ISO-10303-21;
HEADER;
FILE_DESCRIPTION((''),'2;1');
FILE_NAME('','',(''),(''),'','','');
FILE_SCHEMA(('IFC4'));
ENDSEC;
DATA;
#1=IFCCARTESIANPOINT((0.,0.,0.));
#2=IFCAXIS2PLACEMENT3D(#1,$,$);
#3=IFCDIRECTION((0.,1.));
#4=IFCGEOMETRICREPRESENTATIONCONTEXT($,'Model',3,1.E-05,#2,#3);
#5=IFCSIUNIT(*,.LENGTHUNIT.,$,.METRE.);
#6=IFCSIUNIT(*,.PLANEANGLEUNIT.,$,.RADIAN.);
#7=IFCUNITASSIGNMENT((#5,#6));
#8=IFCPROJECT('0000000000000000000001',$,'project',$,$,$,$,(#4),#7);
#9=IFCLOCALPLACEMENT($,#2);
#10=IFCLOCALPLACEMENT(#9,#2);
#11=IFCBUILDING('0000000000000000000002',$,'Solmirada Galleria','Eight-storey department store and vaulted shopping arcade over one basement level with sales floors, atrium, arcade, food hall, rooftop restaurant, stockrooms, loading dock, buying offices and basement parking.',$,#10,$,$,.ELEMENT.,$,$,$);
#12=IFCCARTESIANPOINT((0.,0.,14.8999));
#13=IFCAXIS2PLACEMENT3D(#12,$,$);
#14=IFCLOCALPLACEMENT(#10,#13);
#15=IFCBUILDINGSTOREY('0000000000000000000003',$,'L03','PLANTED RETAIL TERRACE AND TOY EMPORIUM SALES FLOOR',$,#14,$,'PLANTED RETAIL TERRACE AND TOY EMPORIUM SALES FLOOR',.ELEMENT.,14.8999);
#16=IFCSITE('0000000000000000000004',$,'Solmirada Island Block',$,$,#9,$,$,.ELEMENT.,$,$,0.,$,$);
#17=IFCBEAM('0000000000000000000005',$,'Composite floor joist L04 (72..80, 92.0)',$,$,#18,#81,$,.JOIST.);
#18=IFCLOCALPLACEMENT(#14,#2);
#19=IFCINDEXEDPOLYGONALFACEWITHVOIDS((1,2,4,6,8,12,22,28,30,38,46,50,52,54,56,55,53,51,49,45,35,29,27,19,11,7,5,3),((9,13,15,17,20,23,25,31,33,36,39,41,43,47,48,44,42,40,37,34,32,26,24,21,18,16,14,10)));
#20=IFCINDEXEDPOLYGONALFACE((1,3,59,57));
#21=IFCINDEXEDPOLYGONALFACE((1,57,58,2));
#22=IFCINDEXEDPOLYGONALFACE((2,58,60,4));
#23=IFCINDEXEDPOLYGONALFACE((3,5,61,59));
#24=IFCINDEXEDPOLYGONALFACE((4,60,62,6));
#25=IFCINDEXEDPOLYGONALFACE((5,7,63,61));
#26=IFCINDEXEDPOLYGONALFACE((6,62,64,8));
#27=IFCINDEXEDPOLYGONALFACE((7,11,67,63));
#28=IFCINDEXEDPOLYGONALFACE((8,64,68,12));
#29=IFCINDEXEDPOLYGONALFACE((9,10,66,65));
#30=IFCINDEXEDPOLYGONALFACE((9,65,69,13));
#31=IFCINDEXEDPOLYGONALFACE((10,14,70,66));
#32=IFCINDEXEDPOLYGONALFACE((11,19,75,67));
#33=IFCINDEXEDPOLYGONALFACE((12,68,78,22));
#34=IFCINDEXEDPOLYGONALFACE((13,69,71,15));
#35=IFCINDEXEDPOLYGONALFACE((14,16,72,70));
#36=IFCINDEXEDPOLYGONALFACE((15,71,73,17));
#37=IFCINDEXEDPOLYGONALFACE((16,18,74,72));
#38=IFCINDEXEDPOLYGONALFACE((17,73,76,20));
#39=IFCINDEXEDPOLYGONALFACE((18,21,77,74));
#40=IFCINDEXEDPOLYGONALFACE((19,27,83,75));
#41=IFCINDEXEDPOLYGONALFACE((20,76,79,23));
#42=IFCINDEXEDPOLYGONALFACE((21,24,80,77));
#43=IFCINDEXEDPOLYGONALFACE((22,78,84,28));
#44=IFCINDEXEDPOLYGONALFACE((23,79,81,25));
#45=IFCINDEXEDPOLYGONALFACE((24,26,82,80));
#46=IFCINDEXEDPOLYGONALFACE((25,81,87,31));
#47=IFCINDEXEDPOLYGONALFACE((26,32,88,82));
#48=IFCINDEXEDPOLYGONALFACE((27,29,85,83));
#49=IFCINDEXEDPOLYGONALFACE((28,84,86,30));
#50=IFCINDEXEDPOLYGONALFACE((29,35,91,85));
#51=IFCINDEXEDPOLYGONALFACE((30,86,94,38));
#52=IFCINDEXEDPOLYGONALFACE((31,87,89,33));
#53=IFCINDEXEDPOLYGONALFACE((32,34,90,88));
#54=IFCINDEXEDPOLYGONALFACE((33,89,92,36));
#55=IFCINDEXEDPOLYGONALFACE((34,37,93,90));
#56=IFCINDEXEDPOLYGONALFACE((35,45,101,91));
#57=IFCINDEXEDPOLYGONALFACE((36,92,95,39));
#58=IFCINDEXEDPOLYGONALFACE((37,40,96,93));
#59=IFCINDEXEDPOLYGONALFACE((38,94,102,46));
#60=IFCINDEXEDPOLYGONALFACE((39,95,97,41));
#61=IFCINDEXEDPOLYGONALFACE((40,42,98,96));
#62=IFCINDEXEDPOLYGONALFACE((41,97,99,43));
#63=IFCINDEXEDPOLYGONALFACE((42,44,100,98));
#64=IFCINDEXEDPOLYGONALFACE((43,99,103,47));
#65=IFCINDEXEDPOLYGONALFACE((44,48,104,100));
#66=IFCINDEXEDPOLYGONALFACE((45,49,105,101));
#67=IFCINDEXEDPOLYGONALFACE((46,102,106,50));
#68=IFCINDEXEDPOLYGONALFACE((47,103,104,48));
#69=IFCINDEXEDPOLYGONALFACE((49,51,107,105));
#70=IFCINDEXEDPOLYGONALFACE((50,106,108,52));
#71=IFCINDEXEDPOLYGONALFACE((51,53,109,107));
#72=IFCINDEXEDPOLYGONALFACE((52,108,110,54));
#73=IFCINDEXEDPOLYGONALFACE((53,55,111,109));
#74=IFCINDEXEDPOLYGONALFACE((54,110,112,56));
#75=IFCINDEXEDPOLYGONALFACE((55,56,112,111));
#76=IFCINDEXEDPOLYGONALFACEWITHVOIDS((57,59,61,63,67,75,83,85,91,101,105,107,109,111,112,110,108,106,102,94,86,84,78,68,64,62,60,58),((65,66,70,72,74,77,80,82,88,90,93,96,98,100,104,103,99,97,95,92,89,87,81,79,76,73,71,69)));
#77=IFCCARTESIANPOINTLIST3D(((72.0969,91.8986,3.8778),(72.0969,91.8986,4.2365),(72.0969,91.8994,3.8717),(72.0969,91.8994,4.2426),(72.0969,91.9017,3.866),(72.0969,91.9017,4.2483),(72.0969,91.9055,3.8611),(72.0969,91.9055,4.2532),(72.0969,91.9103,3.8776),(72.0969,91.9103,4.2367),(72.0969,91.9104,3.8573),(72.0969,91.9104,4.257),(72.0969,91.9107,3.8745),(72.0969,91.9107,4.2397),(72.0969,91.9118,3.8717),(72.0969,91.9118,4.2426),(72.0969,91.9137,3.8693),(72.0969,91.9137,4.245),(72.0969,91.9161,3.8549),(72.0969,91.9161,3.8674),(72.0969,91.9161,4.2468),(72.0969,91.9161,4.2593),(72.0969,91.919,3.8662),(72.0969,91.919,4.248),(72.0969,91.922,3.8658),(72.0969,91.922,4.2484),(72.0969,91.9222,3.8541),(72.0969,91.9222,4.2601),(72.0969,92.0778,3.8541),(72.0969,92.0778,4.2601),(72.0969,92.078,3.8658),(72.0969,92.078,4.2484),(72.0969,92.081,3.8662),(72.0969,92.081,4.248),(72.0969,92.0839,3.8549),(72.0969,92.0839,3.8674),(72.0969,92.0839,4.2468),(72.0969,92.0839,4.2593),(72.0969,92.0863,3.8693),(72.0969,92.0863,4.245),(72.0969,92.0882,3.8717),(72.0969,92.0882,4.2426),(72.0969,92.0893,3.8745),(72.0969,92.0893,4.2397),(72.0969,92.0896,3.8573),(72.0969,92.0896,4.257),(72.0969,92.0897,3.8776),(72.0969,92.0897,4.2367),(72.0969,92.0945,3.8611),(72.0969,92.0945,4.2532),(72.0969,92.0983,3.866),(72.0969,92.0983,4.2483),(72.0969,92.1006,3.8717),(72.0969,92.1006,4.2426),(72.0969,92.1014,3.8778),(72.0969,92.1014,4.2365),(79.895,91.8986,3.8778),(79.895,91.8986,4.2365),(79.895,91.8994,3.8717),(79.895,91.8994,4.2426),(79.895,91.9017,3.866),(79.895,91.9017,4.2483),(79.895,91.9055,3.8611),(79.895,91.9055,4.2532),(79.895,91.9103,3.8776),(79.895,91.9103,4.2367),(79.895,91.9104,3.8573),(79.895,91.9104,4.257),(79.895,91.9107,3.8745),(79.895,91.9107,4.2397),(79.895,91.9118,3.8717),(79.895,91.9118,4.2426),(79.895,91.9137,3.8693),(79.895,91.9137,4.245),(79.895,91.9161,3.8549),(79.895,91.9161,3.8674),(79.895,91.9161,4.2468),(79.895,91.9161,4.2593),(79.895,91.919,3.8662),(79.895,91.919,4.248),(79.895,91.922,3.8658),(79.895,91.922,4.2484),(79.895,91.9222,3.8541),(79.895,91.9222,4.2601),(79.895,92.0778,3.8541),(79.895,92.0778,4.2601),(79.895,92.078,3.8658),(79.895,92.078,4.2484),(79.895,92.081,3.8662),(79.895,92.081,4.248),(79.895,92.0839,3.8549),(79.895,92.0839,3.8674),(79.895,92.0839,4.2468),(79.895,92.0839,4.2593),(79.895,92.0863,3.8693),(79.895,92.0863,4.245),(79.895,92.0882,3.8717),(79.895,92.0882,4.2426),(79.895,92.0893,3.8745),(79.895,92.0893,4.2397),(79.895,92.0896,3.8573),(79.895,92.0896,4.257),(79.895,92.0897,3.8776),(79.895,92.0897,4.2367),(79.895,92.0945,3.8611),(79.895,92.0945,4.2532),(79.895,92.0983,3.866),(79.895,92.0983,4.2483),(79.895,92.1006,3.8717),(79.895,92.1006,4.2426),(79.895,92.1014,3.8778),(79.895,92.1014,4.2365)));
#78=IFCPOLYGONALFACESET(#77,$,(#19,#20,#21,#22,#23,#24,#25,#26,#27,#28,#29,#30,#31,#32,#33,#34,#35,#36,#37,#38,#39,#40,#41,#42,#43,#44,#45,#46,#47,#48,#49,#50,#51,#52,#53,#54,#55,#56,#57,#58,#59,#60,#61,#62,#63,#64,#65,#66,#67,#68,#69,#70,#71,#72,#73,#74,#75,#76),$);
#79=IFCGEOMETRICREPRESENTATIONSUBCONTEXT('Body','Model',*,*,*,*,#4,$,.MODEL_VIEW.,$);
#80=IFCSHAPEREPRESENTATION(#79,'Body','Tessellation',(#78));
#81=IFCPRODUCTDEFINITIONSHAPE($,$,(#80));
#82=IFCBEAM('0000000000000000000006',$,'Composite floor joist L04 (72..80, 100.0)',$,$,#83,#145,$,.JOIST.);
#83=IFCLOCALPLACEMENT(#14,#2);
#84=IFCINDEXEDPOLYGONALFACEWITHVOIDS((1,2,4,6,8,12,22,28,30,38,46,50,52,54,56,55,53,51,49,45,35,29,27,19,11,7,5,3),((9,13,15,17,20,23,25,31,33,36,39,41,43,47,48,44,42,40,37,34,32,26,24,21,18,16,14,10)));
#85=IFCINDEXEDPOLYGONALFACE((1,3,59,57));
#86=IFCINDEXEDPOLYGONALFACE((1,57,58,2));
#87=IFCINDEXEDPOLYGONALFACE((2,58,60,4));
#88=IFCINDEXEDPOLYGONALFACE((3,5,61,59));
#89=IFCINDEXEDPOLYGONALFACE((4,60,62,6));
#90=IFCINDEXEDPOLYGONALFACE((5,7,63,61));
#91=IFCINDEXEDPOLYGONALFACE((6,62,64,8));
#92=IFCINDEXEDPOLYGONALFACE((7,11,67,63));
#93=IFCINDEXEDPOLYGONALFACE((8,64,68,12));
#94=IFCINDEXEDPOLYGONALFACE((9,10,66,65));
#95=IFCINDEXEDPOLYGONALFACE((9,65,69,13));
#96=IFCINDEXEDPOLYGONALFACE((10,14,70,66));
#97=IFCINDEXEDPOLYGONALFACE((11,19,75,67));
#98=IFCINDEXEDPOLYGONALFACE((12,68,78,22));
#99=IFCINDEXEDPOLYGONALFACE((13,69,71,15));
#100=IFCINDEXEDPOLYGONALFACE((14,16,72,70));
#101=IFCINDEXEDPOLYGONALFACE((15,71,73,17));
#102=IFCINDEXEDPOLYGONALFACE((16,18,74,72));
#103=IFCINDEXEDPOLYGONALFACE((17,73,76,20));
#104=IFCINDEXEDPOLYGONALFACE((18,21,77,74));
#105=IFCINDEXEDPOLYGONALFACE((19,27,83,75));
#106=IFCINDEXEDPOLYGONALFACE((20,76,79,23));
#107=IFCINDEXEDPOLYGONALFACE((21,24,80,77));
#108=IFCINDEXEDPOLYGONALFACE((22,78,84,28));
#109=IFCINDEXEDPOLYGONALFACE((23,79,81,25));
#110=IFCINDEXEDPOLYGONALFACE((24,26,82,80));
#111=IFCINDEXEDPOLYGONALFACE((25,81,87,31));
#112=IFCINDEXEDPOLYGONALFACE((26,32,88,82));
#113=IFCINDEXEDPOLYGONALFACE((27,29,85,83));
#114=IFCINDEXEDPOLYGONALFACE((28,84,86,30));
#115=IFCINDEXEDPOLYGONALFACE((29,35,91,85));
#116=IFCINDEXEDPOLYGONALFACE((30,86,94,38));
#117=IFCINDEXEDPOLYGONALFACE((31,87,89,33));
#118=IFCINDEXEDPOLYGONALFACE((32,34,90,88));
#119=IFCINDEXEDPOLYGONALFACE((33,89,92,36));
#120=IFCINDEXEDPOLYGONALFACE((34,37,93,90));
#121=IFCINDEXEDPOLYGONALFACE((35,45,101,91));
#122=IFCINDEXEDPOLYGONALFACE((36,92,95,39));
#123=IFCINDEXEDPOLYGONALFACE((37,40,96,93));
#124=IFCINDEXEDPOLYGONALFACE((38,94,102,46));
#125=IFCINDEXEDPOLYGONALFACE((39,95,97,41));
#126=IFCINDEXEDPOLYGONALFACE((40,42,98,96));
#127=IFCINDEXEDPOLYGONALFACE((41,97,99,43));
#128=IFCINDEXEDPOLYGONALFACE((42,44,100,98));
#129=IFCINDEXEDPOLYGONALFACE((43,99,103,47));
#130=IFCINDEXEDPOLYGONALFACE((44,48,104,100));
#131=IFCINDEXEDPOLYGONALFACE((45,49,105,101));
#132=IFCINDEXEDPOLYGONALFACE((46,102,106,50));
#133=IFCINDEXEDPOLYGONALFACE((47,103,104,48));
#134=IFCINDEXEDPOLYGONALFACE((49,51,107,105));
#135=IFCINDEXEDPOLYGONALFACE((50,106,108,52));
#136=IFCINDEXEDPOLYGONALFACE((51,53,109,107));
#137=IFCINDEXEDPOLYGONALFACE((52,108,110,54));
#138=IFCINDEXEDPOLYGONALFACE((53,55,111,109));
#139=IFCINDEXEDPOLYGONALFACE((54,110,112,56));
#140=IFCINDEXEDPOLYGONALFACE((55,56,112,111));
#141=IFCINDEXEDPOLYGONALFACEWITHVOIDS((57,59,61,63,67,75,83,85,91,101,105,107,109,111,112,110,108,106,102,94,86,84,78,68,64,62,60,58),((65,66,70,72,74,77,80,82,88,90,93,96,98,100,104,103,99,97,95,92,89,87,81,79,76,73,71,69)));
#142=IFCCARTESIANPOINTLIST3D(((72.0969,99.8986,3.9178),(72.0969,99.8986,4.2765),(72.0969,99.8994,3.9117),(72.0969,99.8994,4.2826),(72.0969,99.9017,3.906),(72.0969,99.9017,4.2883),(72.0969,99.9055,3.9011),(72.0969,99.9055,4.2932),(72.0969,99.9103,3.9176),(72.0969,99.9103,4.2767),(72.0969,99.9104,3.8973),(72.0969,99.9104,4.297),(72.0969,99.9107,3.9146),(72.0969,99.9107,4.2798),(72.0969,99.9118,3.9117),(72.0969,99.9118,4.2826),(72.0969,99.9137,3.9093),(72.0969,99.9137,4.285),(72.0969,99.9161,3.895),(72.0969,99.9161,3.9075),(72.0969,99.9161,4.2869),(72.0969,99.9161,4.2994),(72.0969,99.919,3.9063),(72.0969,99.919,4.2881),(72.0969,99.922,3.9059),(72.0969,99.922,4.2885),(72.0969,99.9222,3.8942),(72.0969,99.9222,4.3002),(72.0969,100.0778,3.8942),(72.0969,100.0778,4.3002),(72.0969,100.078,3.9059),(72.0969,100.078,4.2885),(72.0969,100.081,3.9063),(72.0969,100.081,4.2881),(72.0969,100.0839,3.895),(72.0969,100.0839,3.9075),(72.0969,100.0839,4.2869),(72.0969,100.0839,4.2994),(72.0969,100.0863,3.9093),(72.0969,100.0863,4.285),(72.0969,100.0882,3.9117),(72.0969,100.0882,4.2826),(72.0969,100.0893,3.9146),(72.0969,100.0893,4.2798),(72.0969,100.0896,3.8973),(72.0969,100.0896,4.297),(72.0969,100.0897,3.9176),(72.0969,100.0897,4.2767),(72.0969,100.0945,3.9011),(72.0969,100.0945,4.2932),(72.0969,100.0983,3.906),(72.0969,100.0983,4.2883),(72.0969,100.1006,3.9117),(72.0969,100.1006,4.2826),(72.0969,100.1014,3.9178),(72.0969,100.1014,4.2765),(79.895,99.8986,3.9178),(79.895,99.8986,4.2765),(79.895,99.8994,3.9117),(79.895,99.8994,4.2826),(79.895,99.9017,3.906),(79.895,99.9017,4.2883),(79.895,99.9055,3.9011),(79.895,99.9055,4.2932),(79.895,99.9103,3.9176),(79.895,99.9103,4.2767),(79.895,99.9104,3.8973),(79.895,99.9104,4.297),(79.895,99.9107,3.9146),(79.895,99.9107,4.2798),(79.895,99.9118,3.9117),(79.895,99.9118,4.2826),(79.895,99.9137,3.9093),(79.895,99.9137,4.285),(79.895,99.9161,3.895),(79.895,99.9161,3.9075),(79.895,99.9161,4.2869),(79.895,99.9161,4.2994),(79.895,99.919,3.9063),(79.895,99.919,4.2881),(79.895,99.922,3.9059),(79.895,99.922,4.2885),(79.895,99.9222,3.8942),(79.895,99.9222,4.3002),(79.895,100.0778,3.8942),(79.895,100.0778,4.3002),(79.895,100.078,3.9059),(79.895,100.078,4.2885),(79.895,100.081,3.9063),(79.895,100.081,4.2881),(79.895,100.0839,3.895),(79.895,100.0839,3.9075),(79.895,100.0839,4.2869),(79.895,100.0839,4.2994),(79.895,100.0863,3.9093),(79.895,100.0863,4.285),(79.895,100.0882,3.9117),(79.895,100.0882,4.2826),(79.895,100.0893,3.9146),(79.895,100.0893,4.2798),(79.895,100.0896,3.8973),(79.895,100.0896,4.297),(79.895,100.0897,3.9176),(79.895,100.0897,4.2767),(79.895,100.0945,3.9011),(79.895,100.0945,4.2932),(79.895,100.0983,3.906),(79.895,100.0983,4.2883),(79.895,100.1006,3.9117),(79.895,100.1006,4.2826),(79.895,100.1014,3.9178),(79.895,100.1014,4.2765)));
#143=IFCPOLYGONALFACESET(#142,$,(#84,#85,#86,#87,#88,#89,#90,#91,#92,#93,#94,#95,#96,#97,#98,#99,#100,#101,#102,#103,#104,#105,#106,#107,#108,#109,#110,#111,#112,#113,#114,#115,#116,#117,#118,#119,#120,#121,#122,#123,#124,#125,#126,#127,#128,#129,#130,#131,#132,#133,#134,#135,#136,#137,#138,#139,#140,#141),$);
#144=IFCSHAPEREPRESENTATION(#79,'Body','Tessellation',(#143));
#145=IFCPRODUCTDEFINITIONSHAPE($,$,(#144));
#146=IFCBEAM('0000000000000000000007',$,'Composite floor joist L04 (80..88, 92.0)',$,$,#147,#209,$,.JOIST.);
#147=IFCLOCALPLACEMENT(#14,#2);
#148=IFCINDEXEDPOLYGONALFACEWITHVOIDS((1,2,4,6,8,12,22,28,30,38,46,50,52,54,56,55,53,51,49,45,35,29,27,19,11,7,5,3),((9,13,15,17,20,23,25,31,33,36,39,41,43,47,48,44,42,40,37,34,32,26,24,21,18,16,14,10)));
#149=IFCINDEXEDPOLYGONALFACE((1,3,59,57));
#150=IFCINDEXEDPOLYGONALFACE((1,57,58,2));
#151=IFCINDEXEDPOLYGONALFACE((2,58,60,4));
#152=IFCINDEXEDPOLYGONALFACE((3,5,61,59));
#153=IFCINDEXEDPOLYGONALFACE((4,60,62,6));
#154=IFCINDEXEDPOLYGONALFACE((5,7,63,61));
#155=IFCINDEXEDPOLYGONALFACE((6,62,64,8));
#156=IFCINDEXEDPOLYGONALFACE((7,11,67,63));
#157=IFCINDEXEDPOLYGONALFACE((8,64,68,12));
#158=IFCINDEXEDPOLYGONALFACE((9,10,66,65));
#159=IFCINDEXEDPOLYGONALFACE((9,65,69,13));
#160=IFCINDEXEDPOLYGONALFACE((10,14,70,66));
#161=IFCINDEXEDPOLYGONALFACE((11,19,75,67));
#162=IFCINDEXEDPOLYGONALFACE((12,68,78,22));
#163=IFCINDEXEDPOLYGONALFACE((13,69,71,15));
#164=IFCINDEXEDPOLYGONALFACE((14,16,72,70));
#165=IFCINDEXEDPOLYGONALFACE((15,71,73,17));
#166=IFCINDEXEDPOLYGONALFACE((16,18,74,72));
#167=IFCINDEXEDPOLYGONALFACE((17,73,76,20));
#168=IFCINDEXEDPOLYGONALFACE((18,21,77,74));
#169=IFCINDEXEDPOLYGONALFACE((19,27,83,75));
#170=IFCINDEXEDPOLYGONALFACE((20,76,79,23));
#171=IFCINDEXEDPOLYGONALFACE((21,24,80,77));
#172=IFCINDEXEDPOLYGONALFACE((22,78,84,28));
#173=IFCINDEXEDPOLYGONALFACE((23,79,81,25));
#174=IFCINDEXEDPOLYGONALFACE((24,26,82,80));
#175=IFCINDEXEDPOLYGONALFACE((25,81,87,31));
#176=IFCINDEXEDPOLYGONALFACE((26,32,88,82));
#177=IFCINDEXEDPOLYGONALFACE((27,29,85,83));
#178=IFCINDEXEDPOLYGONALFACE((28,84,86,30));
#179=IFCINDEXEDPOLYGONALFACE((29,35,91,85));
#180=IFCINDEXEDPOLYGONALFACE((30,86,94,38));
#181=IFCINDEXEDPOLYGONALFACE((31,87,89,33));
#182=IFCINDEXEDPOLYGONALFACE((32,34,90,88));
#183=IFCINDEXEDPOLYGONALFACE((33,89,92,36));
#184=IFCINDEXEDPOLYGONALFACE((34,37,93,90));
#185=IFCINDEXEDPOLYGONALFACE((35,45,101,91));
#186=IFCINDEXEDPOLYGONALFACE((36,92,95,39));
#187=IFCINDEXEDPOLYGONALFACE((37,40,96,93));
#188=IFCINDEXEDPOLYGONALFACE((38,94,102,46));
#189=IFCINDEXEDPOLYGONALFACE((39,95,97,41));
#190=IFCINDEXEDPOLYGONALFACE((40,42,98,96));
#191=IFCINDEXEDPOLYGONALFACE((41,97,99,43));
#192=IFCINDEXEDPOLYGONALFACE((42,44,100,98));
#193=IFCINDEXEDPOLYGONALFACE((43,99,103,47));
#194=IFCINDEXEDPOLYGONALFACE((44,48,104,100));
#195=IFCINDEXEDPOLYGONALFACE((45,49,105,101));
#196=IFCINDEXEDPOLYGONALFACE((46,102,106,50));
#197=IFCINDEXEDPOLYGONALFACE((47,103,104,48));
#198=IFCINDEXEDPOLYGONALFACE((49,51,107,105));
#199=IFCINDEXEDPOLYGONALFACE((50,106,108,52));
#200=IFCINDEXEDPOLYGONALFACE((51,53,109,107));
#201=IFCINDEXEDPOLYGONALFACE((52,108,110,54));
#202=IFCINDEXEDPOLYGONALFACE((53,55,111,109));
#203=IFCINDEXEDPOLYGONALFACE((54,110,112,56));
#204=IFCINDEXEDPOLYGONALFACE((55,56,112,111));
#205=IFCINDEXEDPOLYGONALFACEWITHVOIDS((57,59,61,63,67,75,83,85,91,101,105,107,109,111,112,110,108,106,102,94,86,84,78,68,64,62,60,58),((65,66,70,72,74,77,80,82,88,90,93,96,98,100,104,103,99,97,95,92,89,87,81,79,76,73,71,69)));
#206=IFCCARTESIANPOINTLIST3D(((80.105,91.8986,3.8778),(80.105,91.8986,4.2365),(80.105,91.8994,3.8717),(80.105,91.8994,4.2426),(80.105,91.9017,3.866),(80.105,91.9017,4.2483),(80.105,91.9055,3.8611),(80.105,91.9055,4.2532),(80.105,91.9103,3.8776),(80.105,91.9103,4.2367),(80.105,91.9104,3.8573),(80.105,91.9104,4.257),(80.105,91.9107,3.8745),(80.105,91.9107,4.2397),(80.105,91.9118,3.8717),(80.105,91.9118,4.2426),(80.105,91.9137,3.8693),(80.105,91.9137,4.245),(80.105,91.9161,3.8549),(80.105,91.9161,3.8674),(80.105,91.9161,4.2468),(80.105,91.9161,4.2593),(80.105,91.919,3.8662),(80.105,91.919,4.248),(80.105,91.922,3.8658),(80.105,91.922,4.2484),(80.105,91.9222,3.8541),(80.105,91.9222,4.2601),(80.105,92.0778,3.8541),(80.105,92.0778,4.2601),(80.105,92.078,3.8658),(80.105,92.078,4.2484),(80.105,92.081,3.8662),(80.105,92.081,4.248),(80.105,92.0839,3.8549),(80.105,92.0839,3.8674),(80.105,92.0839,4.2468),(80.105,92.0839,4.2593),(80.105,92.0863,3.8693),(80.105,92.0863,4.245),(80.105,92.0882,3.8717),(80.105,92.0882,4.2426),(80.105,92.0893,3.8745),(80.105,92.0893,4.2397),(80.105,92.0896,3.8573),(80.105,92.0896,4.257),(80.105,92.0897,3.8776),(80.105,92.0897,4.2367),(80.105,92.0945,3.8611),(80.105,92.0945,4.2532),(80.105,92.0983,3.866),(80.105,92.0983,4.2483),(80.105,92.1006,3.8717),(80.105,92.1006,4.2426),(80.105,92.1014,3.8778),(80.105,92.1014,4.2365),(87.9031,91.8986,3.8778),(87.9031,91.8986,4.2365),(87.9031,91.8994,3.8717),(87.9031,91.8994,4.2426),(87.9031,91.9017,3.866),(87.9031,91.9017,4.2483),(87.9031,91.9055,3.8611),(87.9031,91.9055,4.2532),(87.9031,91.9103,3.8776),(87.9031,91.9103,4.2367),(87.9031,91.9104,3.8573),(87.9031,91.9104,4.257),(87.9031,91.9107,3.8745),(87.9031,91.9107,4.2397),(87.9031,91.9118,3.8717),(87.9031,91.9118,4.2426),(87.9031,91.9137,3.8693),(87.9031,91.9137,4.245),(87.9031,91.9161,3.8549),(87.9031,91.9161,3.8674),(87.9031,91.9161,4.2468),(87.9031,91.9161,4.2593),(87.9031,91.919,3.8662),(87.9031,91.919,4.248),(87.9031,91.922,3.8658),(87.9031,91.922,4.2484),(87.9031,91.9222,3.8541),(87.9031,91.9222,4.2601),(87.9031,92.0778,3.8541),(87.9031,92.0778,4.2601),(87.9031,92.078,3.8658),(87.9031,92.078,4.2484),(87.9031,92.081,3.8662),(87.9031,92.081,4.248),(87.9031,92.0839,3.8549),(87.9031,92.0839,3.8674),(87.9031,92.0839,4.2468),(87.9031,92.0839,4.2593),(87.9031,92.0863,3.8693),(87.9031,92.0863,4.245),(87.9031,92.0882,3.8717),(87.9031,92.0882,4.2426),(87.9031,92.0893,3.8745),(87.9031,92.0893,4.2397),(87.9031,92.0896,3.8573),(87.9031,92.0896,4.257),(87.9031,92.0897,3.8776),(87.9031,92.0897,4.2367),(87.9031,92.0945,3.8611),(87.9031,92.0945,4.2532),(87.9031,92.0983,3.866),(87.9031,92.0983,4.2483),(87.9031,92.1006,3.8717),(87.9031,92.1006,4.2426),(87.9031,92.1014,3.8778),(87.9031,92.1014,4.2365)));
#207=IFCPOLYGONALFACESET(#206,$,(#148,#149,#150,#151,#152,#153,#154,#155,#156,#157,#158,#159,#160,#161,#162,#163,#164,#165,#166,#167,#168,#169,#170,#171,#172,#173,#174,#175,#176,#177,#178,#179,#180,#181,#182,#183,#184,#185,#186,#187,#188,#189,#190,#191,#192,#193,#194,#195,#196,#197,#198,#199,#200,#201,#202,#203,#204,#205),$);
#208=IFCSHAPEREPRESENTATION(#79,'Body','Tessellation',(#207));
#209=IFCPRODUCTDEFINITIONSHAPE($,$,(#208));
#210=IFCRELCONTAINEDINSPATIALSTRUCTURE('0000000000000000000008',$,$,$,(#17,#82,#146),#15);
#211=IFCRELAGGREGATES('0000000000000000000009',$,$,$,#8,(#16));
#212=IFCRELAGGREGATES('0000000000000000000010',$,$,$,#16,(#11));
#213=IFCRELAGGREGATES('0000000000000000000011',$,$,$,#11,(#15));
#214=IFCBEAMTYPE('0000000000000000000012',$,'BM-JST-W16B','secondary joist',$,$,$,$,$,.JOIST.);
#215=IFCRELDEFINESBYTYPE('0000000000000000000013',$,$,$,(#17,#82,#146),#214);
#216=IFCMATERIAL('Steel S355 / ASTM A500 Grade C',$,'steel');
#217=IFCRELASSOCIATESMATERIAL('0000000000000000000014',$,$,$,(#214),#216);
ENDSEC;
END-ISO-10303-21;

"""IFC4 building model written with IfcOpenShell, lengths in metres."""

from ifc_helpers import new_model, si_unit, direction, frame, origin, origin_2d, place, context, subcontext, project, spatial, hollow_rectangle, extrude, material, material_profile, profile_set, type_object, element, save


model = new_model("IFC4")

# Units and contexts
model_context = context("Model", 3, precision=1e-05, world=origin(), true_north=direction((0.0, 1.0)))
body_context = subcontext(model_context, "Body", "Model", "MODEL_VIEW")
ifc_project = project(units=[si_unit("LENGTHUNIT", "METRE"), si_unit("PLANEANGLEUNIT", "RADIAN")], contexts=[model_context])

# Site, building, storey
site_placement = place(None, origin())
site = spatial("IfcSite", under=ifc_project, at=site_placement, Name="Solmirada Island Block", CompositionType="ELEMENT", RefElevation=0.0)
building_placement = place(site_placement, origin())
building = spatial("IfcBuilding", under=site, at=building_placement, Name="Solmirada Galleria", Description="Eight-storey department store and vaulted shopping arcade over one basement level with sales floors, atrium, arcade, food hall, rooftop restaurant, stockrooms, loading dock, buying offices and basement parking.", CompositionType="ELEMENT")
storey_placement = place(building_placement, frame((0.0, 0.0, 14.8999)))
storey = spatial("IfcBuildingStorey", under=building, at=storey_placement, Name="L03", Description="PLANTED RETAIL TERRACE AND TOY EMPORIUM SALES FLOOR", LongName="PLANTED RETAIL TERRACE AND TOY EMPORIUM SALES FLOOR", CompositionType="ELEMENT", Elevation=14.8999)

# Shared definitions
ifc_material_1 = material(Name="Steel S355 / ASTM A500 Grade C", Category="steel")

# Beams
ifc_material_profile_1 = material_profile(ifc_material_1, hollow_rectangle(XDim=0.2029, YDim=0.406, WallThickness=0.0117, InnerFilletRadius=0.0117, OuterFilletRadius=0.0237, at=origin_2d()), Name="HSS16X8X1/2")
ifc_profile_set_1 = profile_set([ifc_material_profile_1], Name="Steel S355 / ASTM A500 Grade C")
beam_type_1 = type_object("IfcBeamType", Name="BM-JST-W16B", Description="secondary joist", PredefinedType="JOIST", material=ifc_profile_set_1)
for number, where, z_axis, x_axis, name in (
    (1, (72.0969, 92.0, 4.0571), (1.0, 0.0, 0.0), (0.0, 1.0, 0.0), "Composite floor joist L04 (72..80, 92.0)"),
    (2, (72.0969, 100.0, 4.0972), (1.0, 0.0, 0.0), (0.0, 1.0, 0.0), "Composite floor joist L04 (72..80, 100.0)"),
    (3, (80.105, 92.0, 4.0571), (1.0, 0.0, 0.0), (0.0, 1.0, 0.0), "Composite floor joist L04 (80..88, 92.0)"),
):
    element("IfcBeam", number, at=place(storey_placement, frame(where, z_axis=z_axis, x_axis=x_axis)), inside=storey, type_object=beam_type_1, Name=name, PredefinedType="JOIST", context=body_context, shape_type="SweptSolid", body=[
        extrude(hollow_rectangle(XDim=0.2029, YDim=0.406, WallThickness=0.0117, InnerFilletRadius=0.0117, OuterFilletRadius=0.0237, at=origin_2d()), origin(), (0.0, 0.0, 1.0), 7.7981),
    ])

save(model, "model.ifc")
